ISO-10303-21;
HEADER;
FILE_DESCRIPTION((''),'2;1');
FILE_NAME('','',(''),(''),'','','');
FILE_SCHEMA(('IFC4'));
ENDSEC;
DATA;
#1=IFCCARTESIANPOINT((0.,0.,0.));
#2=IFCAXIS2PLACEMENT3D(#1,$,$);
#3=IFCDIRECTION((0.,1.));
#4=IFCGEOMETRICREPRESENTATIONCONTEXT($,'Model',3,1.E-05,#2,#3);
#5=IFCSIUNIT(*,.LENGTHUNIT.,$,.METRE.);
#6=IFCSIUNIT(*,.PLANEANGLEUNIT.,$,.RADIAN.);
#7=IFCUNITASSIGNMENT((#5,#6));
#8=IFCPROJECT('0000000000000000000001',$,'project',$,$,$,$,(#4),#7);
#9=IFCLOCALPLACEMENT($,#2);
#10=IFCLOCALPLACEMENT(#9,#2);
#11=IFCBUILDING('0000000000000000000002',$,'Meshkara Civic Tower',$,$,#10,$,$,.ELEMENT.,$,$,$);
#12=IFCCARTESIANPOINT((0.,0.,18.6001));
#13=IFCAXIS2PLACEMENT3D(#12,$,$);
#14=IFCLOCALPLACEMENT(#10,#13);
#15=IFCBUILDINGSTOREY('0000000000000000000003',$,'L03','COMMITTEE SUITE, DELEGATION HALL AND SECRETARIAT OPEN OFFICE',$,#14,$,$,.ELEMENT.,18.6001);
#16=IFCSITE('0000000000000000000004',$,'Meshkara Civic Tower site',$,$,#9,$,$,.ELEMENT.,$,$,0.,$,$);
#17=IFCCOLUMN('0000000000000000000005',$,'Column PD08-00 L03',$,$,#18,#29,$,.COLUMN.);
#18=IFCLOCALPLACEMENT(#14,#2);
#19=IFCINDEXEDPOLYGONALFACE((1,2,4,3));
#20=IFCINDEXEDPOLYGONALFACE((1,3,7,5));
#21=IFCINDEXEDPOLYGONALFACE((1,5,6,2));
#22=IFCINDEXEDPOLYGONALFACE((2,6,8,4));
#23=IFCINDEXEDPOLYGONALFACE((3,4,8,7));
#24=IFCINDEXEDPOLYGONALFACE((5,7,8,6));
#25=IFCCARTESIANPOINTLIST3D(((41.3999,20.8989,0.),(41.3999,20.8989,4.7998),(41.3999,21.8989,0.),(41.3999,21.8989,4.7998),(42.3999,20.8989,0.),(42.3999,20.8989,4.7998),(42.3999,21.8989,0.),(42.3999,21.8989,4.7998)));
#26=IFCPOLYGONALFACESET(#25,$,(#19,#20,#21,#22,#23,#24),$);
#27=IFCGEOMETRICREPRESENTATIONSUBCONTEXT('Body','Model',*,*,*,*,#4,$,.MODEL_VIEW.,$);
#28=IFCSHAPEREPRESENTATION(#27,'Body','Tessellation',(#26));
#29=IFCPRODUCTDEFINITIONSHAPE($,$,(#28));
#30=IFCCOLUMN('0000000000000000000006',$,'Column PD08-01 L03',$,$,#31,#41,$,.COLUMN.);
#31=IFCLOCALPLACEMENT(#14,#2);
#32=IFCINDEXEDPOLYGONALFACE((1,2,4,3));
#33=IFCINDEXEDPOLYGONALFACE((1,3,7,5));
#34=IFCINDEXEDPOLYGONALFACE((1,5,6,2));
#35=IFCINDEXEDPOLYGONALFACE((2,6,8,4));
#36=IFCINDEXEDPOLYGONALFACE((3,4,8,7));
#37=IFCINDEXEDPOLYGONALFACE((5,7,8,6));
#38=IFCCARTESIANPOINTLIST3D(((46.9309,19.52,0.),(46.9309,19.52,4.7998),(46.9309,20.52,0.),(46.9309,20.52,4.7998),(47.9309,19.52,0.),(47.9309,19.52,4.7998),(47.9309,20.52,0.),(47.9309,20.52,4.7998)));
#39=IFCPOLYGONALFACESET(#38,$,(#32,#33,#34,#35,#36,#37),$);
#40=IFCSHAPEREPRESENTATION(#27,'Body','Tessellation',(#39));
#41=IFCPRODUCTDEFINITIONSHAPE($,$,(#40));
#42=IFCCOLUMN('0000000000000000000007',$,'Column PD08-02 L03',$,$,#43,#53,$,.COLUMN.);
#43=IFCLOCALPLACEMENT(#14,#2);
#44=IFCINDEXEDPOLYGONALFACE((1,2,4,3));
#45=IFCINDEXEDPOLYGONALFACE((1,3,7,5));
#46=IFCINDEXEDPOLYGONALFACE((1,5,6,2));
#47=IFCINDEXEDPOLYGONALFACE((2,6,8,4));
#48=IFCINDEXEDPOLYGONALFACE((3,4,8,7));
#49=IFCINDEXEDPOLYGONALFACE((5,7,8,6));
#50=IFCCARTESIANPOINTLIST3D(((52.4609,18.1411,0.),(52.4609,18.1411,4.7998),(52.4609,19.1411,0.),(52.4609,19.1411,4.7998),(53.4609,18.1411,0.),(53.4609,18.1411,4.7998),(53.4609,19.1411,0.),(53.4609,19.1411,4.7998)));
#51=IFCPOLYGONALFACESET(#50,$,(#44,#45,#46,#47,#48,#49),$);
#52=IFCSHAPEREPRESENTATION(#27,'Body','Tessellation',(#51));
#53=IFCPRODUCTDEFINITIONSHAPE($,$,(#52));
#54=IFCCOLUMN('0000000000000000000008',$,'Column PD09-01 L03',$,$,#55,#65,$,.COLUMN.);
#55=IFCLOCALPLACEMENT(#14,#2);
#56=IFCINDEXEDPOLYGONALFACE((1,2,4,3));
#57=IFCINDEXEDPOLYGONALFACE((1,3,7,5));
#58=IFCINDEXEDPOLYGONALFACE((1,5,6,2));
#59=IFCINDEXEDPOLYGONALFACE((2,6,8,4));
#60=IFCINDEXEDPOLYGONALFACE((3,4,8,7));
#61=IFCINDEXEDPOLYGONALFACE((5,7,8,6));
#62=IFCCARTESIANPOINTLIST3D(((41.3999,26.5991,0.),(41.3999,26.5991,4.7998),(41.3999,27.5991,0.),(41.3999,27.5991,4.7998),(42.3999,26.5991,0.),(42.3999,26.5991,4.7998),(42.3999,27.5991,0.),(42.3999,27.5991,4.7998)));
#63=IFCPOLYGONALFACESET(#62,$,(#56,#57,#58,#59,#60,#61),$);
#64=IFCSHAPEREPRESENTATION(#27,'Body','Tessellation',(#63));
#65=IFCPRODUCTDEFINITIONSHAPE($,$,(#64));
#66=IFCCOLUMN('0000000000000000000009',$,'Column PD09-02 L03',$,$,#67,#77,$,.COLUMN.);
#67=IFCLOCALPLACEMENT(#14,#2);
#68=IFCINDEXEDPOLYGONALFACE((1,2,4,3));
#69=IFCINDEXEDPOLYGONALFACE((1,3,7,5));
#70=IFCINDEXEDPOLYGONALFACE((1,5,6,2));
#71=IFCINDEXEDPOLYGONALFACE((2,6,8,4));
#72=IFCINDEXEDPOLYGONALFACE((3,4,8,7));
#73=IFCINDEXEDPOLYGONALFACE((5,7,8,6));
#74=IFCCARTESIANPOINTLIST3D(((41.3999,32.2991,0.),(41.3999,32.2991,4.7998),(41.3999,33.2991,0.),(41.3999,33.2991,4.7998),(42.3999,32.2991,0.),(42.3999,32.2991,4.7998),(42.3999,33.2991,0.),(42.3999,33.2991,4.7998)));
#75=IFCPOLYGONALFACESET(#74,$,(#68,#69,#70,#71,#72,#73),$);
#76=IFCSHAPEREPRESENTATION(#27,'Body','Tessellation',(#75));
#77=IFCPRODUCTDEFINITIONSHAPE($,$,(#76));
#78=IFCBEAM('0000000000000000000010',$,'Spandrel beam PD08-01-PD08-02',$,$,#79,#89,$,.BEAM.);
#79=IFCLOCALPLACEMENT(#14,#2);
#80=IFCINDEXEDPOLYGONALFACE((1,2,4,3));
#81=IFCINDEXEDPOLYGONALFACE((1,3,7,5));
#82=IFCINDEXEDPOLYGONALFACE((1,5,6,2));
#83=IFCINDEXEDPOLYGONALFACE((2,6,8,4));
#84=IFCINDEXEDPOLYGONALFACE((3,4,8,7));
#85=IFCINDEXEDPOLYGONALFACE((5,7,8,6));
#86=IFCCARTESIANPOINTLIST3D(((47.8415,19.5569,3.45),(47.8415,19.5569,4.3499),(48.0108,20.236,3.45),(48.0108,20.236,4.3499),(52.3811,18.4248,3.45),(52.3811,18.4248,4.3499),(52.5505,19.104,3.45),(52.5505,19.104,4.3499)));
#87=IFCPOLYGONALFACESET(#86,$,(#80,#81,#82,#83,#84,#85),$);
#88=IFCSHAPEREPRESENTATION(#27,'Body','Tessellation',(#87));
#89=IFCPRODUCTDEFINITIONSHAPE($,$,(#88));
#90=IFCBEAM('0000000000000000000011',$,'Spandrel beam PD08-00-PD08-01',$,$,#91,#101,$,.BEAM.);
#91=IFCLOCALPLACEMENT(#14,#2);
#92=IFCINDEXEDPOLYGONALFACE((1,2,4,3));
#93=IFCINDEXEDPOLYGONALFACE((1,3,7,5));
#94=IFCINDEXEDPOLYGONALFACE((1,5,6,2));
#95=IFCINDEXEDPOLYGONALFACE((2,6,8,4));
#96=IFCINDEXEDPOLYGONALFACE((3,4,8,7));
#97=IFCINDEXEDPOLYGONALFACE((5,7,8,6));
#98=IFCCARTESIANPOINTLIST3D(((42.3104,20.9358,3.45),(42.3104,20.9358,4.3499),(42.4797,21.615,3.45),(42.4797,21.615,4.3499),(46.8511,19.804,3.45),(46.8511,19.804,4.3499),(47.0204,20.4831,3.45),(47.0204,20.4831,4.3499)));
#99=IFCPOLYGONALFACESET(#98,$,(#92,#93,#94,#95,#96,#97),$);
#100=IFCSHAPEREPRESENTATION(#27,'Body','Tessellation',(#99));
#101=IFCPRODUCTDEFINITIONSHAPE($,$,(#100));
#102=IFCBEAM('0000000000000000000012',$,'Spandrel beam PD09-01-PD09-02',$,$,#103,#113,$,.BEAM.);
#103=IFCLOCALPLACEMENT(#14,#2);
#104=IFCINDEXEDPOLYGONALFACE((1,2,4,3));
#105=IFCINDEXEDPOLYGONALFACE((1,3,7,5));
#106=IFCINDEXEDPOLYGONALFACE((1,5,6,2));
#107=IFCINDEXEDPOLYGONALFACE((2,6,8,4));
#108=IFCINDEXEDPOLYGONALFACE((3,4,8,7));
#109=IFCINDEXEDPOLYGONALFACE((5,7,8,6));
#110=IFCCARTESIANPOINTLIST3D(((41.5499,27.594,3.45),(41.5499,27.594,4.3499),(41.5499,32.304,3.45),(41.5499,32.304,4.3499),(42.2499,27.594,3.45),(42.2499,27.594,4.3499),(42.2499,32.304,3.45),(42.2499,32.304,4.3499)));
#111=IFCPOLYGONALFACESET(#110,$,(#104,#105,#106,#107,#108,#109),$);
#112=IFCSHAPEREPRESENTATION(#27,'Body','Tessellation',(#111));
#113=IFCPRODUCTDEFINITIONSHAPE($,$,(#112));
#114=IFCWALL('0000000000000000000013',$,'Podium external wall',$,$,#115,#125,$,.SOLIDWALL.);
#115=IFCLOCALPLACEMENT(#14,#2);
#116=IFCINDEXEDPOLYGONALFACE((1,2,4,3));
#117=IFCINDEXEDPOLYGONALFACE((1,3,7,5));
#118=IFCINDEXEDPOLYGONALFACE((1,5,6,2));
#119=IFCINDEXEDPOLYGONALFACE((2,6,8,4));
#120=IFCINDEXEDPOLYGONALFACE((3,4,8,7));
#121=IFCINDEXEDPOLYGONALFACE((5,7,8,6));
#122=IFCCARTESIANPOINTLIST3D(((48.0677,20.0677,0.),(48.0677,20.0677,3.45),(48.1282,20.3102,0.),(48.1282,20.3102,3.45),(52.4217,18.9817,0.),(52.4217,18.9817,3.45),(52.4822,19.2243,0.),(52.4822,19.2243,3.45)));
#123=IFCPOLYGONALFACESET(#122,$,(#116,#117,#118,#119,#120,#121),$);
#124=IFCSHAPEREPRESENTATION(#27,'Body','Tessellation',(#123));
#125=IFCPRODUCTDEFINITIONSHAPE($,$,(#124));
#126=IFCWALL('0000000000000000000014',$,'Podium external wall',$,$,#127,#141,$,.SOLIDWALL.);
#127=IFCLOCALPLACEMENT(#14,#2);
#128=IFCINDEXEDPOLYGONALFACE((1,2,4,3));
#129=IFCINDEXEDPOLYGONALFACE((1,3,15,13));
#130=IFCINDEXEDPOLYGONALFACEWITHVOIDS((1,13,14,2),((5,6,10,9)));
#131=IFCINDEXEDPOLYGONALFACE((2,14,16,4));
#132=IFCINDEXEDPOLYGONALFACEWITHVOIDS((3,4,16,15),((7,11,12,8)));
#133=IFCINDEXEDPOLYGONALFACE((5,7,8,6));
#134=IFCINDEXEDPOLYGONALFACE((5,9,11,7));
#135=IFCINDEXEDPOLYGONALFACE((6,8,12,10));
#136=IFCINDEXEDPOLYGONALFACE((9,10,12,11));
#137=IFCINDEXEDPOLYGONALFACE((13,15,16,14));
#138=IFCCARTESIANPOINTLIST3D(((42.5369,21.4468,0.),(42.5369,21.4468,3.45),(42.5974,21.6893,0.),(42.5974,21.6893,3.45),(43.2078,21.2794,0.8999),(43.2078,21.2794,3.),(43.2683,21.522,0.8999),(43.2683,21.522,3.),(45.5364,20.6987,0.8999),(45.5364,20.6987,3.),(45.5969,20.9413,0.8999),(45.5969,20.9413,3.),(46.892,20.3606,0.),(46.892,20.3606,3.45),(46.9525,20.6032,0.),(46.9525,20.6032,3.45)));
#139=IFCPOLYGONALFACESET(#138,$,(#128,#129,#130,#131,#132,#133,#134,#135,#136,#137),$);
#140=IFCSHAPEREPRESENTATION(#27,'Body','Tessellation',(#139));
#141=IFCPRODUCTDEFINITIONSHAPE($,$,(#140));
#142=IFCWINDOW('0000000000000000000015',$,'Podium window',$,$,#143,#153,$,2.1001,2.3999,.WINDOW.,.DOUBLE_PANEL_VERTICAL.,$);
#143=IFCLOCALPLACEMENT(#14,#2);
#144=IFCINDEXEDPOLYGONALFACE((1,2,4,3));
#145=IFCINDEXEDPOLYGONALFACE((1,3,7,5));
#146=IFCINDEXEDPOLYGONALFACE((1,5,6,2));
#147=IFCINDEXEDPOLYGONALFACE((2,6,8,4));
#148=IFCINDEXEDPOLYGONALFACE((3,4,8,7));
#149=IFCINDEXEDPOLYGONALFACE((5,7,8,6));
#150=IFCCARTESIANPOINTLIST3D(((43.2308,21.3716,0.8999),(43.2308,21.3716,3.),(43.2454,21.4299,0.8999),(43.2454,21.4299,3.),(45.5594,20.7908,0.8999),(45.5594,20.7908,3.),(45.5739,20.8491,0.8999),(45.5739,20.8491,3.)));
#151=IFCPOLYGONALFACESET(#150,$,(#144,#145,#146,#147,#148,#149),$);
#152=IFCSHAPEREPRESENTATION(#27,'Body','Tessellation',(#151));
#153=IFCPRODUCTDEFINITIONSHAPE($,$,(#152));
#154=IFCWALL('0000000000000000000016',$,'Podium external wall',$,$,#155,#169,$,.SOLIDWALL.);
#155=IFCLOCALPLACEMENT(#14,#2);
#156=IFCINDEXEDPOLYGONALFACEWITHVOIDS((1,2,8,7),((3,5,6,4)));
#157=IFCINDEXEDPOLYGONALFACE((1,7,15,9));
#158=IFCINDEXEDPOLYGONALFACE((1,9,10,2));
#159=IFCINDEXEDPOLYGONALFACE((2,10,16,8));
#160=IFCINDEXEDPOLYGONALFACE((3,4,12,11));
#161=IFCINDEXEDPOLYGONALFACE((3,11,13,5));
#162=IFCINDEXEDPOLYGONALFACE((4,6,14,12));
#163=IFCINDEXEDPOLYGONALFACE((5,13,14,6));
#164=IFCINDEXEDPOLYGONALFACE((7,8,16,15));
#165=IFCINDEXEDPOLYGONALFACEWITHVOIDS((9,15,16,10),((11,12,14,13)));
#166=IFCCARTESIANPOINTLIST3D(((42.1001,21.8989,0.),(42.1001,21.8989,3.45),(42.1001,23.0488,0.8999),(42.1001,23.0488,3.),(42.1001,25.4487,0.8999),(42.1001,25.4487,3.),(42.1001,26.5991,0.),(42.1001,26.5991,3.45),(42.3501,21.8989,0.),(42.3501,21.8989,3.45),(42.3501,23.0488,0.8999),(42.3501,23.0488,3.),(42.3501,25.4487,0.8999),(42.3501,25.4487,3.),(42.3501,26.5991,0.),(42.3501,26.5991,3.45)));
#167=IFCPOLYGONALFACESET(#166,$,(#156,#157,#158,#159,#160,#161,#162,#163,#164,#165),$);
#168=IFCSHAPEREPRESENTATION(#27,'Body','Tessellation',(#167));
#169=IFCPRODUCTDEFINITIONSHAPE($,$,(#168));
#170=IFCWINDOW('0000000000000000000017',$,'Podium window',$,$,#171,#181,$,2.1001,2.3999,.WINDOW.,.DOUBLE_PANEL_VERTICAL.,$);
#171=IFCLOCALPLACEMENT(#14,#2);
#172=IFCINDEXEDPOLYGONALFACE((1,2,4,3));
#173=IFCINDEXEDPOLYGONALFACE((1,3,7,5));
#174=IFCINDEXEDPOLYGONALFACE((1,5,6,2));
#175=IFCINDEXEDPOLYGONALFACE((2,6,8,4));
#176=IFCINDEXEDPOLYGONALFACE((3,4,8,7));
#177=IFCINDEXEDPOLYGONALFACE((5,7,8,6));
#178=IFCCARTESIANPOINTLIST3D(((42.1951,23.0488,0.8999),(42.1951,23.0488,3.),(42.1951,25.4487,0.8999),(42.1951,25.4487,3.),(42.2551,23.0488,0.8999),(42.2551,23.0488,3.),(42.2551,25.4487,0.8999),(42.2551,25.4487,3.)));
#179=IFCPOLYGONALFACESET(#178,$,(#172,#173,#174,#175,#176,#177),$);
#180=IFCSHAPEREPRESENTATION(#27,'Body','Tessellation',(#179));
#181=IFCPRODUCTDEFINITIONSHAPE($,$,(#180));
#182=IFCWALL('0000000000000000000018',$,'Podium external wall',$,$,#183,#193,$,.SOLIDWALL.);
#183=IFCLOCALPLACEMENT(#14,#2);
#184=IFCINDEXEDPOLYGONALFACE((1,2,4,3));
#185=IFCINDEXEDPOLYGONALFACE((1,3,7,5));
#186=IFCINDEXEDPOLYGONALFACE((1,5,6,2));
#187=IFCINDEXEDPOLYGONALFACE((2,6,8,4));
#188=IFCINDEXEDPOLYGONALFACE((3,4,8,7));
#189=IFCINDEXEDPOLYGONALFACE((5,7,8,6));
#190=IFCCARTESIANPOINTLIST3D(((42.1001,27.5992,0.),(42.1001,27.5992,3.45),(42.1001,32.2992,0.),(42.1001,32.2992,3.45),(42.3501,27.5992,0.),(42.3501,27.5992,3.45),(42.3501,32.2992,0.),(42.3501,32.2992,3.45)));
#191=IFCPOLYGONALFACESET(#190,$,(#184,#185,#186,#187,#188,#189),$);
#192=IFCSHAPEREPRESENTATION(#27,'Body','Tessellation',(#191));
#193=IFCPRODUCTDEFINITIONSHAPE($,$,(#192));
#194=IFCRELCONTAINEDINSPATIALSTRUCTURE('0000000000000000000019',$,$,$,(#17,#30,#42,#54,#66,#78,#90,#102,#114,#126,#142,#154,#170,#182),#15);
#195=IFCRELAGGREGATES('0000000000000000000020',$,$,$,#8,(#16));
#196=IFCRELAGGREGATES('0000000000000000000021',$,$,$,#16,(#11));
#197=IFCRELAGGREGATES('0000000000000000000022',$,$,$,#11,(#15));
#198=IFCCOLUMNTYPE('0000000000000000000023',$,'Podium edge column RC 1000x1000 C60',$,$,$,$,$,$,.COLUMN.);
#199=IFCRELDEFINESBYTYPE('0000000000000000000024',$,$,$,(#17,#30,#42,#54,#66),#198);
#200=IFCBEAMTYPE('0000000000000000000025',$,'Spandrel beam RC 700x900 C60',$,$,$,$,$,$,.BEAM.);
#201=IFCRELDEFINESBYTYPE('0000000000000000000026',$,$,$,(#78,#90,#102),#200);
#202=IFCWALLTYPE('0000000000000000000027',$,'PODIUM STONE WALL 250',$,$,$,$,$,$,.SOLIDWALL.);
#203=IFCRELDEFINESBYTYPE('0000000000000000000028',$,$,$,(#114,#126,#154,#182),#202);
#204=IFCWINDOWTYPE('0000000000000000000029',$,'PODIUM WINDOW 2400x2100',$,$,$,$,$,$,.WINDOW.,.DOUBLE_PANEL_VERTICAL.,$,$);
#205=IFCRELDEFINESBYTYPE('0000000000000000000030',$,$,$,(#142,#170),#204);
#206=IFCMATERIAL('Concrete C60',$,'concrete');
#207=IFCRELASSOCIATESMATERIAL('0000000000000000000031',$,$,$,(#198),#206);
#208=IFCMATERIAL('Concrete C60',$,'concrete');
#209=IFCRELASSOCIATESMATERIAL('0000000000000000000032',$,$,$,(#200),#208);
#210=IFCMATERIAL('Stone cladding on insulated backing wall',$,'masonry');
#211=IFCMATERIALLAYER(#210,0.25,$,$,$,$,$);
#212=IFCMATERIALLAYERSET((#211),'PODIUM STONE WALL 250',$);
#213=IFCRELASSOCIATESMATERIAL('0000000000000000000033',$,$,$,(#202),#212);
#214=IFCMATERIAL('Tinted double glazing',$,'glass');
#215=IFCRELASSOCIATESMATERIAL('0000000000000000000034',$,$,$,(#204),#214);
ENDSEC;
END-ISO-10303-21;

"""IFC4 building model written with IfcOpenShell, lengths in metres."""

from ifc_helpers import new_model, si_unit, direction, frame, frame_2d, origin, origin_2d, place, context, subcontext, project, spatial, rectangle, extrude, material, layer, layer_set, material_profile, profile_set, type_object, element, fill, save


model = new_model("IFC4")

# Units and contexts
model_context = context("Model", 3, precision=1e-05, world=origin(), true_north=direction((0.0, 1.0)))
body_context = subcontext(model_context, "Body", "Model", "MODEL_VIEW")
ifc_project = project(units=[si_unit("LENGTHUNIT", "METRE"), si_unit("PLANEANGLEUNIT", "RADIAN")], contexts=[model_context])

# Site, building, storey
site_placement = place(None, origin())
site = spatial("IfcSite", under=ifc_project, at=site_placement, Name="Meshkara Civic Tower site", CompositionType="ELEMENT", RefElevation=0.0)
building_placement = place(site_placement, origin())
building = spatial("IfcBuilding", under=site, at=building_placement, Name="Meshkara Civic Tower", CompositionType="ELEMENT")
storey_placement = place(building_placement, frame((0.0, 0.0, 18.6001)))
storey = spatial("IfcBuildingStorey", under=building, at=storey_placement, Name="L03", Description="COMMITTEE SUITE, DELEGATION HALL AND SECRETARIAT OPEN OFFICE", CompositionType="ELEMENT", Elevation=18.6001)

# Columns
ifc_material_1 = material(Name="Concrete C60", Category="concrete")
ifc_material_profile_1 = material_profile(ifc_material_1, rectangle(XDim=1.0, YDim=1.0, at=origin_2d()))
ifc_profile_set_1 = profile_set([ifc_material_profile_1], Name="Concrete C60")
column_type = type_object("IfcColumnType", Name="Podium edge column RC 1000x1000 C60", PredefinedType="COLUMN", material=ifc_profile_set_1)
for number, where, z_axis, x_axis, name in (
    (1, (41.8999, 21.3989, 0.0), (0.0, 0.0, 1.0), (1.0, 0.0, 0.0), "Column PD08-00 L03"),
    (2, (47.4309, 20.02, 0.0), (0.0, 0.0, 1.0), (1.0, 0.0, 0.0), "Column PD08-01 L03"),
    (3, (52.9609, 18.6411, 0.0), (0.0, 0.0, 1.0), (1.0, 0.0, 0.0), "Column PD08-02 L03"),
    (4, (41.8999, 27.0991, 0.0), (0.0, 0.0, 1.0), (1.0, 0.0, 0.0), "Column PD09-01 L03"),
    (5, (41.8999, 32.7991, 0.0), (0.0, 0.0, 1.0), (1.0, 0.0, 0.0), "Column PD09-02 L03"),
):
    element("IfcColumn", number, at=place(storey_placement, frame(where, z_axis=z_axis, x_axis=x_axis)), inside=storey, type_object=column_type, Name=name, PredefinedType="COLUMN", context=body_context, shape_type="SweptSolid", body=[
        extrude(rectangle(XDim=1.0, YDim=1.0, at=origin_2d()), origin(), (0.0, 0.0, 1.0), 4.7998),
    ])

# Beams
ifc_material_2 = material(Name="Concrete C60", Category="concrete")
ifc_material_profile_2 = material_profile(ifc_material_2, rectangle(XDim=0.7, YDim=0.8999, at=origin_2d()))
ifc_profile_set_2 = profile_set([ifc_material_profile_2], Name="Concrete C60")
beam_type = type_object("IfcBeamType", Name="Spandrel beam RC 700x900 C60", PredefinedType="BEAM", material=ifc_profile_set_2)
beam_1_placement = place(storey_placement, frame((52.4658, 18.7644, 3.8999), z_axis=(-0.970287, 0.241959, 0.0), x_axis=(-0.241959, -0.970287, 0.0)))
element("IfcBeam", 6, at=beam_1_placement, inside=storey, type_object=beam_type, Name="Spandrel beam PD08-01-PD08-02", PredefinedType="BEAM", context=body_context, shape_type="SweptSolid", body=[
    extrude(rectangle(XDim=0.7, YDim=0.8999, at=origin_2d()), origin(), (0.0, 0.0, 1.0), 4.6787),
])
beam_2_placement = place(storey_placement, frame((46.9358, 20.1436, 3.8999), z_axis=(-0.970311, 0.24186, 0.0), x_axis=(-0.24186, -0.970311, 0.0)))
element("IfcBeam", 7, at=beam_2_placement, inside=storey, type_object=beam_type, Name="Spandrel beam PD08-00-PD08-01", PredefinedType="BEAM", context=body_context, shape_type="SweptSolid", body=[
    extrude(rectangle(XDim=0.7, YDim=0.8999, at=origin_2d()), origin(), (0.0, 0.0, 1.0), 4.6797),
])
beam_3_placement = place(storey_placement, frame((41.8999, 27.594, 3.8999), z_axis=(0.0, 1.0, 0.0), x_axis=(-1.0, 0.0, 0.0)))
element("IfcBeam", 8, at=beam_3_placement, inside=storey, type_object=beam_type, Name="Spandrel beam PD09-01-PD09-02", PredefinedType="BEAM", context=body_context, shape_type="SweptSolid", body=[
    extrude(rectangle(XDim=0.7, YDim=0.8999, at=origin_2d()), origin(), (0.0, 0.0, 1.0), 4.71),
])

# Wall
ifc_material_3 = material(Name="Stone cladding on insulated backing wall", Category="masonry")
ifc_layer_1 = layer(ifc_material_3, 0.25)
ifc_layer_set_1 = layer_set([ifc_layer_1], Name="PODIUM STONE WALL 250")
wall_type_1 = type_object("IfcWallType", Name="PODIUM STONE WALL 250", PredefinedType="SOLIDWALL", material=ifc_layer_set_1)
wall_1_placement = place(storey_placement, frame((52.4519, 19.103, 0.0), z_axis=(0.0, 0.0, 1.0), x_axis=(-0.970277, 0.241998, 0.0)))
element("IfcWall", 9, at=wall_1_placement, inside=storey, type_object=wall_type_1, Name="Podium external wall", PredefinedType="SOLIDWALL", context=body_context, shape_type="SweptSolid", body=[
    extrude(rectangle(XDim=4.4873, YDim=0.25, at=frame_2d((2.2437, 0.0))), origin(), (0.0, 0.0, 1.0), 3.45),
])

# Walls, openings, windows
wall_2_placement = place(storey_placement, frame((46.9221, 20.4819, 0.0), z_axis=(0.0, 0.0, 1.0), x_axis=(-0.97028, 0.241985, 0.0)))
wall_2 = element("IfcWall", 10, at=wall_2_placement, inside=storey, type_object=wall_type_1, Name="Podium external wall", PredefinedType="SOLIDWALL", context=body_context, shape_type="SweptSolid", body=[
    extrude(rectangle(XDim=4.4885, YDim=0.25, at=frame_2d((2.2441, 0.0))), origin(), (0.0, 0.0, 1.0), 3.45),
])
opening_1_placement = place(wall_2_placement, frame((1.397, 0.0, 0.8999)))
opening_1 = element("IfcOpeningElement", 11, at=opening_1_placement, cuts=wall_2, PredefinedType="OPENING", context=body_context, shape_type="SweptSolid", body=[
    extrude(rectangle(XDim=2.3999, YDim=2.1001, at=frame_2d((1.2, 1.05))), frame((0.0, 0.135, 0.0), z_axis=(0.0, -1.0, 0.0), x_axis=(1.0, 0.0, 0.0)), (0.0, 0.0, 1.0), 0.27),
])
ifc_material_4 = material(Name="Tinted double glazing", Category="glass")
window_type = type_object("IfcWindowType", Name="PODIUM WINDOW 2400x2100", PartitioningType="DOUBLE_PANEL_VERTICAL", PredefinedType="WINDOW", material=ifc_material_4)
window_1_placement = place(opening_1_placement, origin())
window_1 = element("IfcWindow", 12, at=window_1_placement, inside=storey, type_object=window_type, Name="Podium window", OverallHeight=2.1001, OverallWidth=2.3999, PartitioningType="DOUBLE_PANEL_VERTICAL", PredefinedType="WINDOW", context=body_context, shape_type="SweptSolid", body=[
    extrude(rectangle(XDim=2.3999, YDim=2.1001, at=frame_2d((1.2, 1.05))), frame((0.0, 0.03, 0.0), z_axis=(0.0, -1.0, 0.0), x_axis=(1.0, 0.0, 0.0)), (0.0, 0.0, 1.0), 0.0601),
])
fill(opening_1, window_1)
wall_3_placement = place(storey_placement, frame((42.2251, 21.8989, 0.0), z_axis=(0.0, 0.0, 1.0), x_axis=(0.0, 1.0, 0.0)))
wall_3 = element("IfcWall", 13, at=wall_3_placement, inside=storey, type_object=wall_type_1, Name="Podium external wall", PredefinedType="SOLIDWALL", context=body_context, shape_type="SweptSolid", body=[
    extrude(rectangle(XDim=4.7002, YDim=0.25, at=frame_2d((2.3501, 0.0))), origin(), (0.0, 0.0, 1.0), 3.45),
])
opening_2_placement = place(wall_3_placement, frame((1.1499, 0.0, 0.8999)))
opening_2 = element("IfcOpeningElement", 14, at=opening_2_placement, cuts=wall_3, PredefinedType="OPENING", context=body_context, shape_type="SweptSolid", body=[
    extrude(rectangle(XDim=2.3999, YDim=2.1001, at=frame_2d((1.2, 1.05))), frame((0.0, 0.135, 0.0), z_axis=(0.0, -1.0, 0.0), x_axis=(1.0, 0.0, 0.0)), (0.0, 0.0, 1.0), 0.27),
])
window_2_placement = place(opening_2_placement, origin())
window_2 = element("IfcWindow", 15, at=window_2_placement, inside=storey, type_object=window_type, Name="Podium window", OverallHeight=2.1001, OverallWidth=2.3999, PartitioningType="DOUBLE_PANEL_VERTICAL", PredefinedType="WINDOW", context=body_context, shape_type="SweptSolid", body=[
    extrude(rectangle(XDim=2.3999, YDim=2.1001, at=frame_2d((1.2, 1.05))), frame((0.0, 0.03, 0.0), z_axis=(0.0, -1.0, 0.0), x_axis=(1.0, 0.0, 0.0)), (0.0, 0.0, 1.0), 0.0601),
])
fill(opening_2, window_2)

# Wall
wall_4_placement = place(storey_placement, frame((42.2251, 27.5991, 0.0), z_axis=(0.0, 0.0, 1.0), x_axis=(0.0, 1.0, 0.0)))
element("IfcWall", 16, at=wall_4_placement, inside=storey, type_object=wall_type_1, Name="Podium external wall", PredefinedType="SOLIDWALL", context=body_context, shape_type="SweptSolid", body=[
    extrude(rectangle(XDim=4.7, YDim=0.25, at=frame_2d((2.3501, 0.0))), origin(), (0.0, 0.0, 1.0), 3.45),
])

save(model, "model.ifc")
